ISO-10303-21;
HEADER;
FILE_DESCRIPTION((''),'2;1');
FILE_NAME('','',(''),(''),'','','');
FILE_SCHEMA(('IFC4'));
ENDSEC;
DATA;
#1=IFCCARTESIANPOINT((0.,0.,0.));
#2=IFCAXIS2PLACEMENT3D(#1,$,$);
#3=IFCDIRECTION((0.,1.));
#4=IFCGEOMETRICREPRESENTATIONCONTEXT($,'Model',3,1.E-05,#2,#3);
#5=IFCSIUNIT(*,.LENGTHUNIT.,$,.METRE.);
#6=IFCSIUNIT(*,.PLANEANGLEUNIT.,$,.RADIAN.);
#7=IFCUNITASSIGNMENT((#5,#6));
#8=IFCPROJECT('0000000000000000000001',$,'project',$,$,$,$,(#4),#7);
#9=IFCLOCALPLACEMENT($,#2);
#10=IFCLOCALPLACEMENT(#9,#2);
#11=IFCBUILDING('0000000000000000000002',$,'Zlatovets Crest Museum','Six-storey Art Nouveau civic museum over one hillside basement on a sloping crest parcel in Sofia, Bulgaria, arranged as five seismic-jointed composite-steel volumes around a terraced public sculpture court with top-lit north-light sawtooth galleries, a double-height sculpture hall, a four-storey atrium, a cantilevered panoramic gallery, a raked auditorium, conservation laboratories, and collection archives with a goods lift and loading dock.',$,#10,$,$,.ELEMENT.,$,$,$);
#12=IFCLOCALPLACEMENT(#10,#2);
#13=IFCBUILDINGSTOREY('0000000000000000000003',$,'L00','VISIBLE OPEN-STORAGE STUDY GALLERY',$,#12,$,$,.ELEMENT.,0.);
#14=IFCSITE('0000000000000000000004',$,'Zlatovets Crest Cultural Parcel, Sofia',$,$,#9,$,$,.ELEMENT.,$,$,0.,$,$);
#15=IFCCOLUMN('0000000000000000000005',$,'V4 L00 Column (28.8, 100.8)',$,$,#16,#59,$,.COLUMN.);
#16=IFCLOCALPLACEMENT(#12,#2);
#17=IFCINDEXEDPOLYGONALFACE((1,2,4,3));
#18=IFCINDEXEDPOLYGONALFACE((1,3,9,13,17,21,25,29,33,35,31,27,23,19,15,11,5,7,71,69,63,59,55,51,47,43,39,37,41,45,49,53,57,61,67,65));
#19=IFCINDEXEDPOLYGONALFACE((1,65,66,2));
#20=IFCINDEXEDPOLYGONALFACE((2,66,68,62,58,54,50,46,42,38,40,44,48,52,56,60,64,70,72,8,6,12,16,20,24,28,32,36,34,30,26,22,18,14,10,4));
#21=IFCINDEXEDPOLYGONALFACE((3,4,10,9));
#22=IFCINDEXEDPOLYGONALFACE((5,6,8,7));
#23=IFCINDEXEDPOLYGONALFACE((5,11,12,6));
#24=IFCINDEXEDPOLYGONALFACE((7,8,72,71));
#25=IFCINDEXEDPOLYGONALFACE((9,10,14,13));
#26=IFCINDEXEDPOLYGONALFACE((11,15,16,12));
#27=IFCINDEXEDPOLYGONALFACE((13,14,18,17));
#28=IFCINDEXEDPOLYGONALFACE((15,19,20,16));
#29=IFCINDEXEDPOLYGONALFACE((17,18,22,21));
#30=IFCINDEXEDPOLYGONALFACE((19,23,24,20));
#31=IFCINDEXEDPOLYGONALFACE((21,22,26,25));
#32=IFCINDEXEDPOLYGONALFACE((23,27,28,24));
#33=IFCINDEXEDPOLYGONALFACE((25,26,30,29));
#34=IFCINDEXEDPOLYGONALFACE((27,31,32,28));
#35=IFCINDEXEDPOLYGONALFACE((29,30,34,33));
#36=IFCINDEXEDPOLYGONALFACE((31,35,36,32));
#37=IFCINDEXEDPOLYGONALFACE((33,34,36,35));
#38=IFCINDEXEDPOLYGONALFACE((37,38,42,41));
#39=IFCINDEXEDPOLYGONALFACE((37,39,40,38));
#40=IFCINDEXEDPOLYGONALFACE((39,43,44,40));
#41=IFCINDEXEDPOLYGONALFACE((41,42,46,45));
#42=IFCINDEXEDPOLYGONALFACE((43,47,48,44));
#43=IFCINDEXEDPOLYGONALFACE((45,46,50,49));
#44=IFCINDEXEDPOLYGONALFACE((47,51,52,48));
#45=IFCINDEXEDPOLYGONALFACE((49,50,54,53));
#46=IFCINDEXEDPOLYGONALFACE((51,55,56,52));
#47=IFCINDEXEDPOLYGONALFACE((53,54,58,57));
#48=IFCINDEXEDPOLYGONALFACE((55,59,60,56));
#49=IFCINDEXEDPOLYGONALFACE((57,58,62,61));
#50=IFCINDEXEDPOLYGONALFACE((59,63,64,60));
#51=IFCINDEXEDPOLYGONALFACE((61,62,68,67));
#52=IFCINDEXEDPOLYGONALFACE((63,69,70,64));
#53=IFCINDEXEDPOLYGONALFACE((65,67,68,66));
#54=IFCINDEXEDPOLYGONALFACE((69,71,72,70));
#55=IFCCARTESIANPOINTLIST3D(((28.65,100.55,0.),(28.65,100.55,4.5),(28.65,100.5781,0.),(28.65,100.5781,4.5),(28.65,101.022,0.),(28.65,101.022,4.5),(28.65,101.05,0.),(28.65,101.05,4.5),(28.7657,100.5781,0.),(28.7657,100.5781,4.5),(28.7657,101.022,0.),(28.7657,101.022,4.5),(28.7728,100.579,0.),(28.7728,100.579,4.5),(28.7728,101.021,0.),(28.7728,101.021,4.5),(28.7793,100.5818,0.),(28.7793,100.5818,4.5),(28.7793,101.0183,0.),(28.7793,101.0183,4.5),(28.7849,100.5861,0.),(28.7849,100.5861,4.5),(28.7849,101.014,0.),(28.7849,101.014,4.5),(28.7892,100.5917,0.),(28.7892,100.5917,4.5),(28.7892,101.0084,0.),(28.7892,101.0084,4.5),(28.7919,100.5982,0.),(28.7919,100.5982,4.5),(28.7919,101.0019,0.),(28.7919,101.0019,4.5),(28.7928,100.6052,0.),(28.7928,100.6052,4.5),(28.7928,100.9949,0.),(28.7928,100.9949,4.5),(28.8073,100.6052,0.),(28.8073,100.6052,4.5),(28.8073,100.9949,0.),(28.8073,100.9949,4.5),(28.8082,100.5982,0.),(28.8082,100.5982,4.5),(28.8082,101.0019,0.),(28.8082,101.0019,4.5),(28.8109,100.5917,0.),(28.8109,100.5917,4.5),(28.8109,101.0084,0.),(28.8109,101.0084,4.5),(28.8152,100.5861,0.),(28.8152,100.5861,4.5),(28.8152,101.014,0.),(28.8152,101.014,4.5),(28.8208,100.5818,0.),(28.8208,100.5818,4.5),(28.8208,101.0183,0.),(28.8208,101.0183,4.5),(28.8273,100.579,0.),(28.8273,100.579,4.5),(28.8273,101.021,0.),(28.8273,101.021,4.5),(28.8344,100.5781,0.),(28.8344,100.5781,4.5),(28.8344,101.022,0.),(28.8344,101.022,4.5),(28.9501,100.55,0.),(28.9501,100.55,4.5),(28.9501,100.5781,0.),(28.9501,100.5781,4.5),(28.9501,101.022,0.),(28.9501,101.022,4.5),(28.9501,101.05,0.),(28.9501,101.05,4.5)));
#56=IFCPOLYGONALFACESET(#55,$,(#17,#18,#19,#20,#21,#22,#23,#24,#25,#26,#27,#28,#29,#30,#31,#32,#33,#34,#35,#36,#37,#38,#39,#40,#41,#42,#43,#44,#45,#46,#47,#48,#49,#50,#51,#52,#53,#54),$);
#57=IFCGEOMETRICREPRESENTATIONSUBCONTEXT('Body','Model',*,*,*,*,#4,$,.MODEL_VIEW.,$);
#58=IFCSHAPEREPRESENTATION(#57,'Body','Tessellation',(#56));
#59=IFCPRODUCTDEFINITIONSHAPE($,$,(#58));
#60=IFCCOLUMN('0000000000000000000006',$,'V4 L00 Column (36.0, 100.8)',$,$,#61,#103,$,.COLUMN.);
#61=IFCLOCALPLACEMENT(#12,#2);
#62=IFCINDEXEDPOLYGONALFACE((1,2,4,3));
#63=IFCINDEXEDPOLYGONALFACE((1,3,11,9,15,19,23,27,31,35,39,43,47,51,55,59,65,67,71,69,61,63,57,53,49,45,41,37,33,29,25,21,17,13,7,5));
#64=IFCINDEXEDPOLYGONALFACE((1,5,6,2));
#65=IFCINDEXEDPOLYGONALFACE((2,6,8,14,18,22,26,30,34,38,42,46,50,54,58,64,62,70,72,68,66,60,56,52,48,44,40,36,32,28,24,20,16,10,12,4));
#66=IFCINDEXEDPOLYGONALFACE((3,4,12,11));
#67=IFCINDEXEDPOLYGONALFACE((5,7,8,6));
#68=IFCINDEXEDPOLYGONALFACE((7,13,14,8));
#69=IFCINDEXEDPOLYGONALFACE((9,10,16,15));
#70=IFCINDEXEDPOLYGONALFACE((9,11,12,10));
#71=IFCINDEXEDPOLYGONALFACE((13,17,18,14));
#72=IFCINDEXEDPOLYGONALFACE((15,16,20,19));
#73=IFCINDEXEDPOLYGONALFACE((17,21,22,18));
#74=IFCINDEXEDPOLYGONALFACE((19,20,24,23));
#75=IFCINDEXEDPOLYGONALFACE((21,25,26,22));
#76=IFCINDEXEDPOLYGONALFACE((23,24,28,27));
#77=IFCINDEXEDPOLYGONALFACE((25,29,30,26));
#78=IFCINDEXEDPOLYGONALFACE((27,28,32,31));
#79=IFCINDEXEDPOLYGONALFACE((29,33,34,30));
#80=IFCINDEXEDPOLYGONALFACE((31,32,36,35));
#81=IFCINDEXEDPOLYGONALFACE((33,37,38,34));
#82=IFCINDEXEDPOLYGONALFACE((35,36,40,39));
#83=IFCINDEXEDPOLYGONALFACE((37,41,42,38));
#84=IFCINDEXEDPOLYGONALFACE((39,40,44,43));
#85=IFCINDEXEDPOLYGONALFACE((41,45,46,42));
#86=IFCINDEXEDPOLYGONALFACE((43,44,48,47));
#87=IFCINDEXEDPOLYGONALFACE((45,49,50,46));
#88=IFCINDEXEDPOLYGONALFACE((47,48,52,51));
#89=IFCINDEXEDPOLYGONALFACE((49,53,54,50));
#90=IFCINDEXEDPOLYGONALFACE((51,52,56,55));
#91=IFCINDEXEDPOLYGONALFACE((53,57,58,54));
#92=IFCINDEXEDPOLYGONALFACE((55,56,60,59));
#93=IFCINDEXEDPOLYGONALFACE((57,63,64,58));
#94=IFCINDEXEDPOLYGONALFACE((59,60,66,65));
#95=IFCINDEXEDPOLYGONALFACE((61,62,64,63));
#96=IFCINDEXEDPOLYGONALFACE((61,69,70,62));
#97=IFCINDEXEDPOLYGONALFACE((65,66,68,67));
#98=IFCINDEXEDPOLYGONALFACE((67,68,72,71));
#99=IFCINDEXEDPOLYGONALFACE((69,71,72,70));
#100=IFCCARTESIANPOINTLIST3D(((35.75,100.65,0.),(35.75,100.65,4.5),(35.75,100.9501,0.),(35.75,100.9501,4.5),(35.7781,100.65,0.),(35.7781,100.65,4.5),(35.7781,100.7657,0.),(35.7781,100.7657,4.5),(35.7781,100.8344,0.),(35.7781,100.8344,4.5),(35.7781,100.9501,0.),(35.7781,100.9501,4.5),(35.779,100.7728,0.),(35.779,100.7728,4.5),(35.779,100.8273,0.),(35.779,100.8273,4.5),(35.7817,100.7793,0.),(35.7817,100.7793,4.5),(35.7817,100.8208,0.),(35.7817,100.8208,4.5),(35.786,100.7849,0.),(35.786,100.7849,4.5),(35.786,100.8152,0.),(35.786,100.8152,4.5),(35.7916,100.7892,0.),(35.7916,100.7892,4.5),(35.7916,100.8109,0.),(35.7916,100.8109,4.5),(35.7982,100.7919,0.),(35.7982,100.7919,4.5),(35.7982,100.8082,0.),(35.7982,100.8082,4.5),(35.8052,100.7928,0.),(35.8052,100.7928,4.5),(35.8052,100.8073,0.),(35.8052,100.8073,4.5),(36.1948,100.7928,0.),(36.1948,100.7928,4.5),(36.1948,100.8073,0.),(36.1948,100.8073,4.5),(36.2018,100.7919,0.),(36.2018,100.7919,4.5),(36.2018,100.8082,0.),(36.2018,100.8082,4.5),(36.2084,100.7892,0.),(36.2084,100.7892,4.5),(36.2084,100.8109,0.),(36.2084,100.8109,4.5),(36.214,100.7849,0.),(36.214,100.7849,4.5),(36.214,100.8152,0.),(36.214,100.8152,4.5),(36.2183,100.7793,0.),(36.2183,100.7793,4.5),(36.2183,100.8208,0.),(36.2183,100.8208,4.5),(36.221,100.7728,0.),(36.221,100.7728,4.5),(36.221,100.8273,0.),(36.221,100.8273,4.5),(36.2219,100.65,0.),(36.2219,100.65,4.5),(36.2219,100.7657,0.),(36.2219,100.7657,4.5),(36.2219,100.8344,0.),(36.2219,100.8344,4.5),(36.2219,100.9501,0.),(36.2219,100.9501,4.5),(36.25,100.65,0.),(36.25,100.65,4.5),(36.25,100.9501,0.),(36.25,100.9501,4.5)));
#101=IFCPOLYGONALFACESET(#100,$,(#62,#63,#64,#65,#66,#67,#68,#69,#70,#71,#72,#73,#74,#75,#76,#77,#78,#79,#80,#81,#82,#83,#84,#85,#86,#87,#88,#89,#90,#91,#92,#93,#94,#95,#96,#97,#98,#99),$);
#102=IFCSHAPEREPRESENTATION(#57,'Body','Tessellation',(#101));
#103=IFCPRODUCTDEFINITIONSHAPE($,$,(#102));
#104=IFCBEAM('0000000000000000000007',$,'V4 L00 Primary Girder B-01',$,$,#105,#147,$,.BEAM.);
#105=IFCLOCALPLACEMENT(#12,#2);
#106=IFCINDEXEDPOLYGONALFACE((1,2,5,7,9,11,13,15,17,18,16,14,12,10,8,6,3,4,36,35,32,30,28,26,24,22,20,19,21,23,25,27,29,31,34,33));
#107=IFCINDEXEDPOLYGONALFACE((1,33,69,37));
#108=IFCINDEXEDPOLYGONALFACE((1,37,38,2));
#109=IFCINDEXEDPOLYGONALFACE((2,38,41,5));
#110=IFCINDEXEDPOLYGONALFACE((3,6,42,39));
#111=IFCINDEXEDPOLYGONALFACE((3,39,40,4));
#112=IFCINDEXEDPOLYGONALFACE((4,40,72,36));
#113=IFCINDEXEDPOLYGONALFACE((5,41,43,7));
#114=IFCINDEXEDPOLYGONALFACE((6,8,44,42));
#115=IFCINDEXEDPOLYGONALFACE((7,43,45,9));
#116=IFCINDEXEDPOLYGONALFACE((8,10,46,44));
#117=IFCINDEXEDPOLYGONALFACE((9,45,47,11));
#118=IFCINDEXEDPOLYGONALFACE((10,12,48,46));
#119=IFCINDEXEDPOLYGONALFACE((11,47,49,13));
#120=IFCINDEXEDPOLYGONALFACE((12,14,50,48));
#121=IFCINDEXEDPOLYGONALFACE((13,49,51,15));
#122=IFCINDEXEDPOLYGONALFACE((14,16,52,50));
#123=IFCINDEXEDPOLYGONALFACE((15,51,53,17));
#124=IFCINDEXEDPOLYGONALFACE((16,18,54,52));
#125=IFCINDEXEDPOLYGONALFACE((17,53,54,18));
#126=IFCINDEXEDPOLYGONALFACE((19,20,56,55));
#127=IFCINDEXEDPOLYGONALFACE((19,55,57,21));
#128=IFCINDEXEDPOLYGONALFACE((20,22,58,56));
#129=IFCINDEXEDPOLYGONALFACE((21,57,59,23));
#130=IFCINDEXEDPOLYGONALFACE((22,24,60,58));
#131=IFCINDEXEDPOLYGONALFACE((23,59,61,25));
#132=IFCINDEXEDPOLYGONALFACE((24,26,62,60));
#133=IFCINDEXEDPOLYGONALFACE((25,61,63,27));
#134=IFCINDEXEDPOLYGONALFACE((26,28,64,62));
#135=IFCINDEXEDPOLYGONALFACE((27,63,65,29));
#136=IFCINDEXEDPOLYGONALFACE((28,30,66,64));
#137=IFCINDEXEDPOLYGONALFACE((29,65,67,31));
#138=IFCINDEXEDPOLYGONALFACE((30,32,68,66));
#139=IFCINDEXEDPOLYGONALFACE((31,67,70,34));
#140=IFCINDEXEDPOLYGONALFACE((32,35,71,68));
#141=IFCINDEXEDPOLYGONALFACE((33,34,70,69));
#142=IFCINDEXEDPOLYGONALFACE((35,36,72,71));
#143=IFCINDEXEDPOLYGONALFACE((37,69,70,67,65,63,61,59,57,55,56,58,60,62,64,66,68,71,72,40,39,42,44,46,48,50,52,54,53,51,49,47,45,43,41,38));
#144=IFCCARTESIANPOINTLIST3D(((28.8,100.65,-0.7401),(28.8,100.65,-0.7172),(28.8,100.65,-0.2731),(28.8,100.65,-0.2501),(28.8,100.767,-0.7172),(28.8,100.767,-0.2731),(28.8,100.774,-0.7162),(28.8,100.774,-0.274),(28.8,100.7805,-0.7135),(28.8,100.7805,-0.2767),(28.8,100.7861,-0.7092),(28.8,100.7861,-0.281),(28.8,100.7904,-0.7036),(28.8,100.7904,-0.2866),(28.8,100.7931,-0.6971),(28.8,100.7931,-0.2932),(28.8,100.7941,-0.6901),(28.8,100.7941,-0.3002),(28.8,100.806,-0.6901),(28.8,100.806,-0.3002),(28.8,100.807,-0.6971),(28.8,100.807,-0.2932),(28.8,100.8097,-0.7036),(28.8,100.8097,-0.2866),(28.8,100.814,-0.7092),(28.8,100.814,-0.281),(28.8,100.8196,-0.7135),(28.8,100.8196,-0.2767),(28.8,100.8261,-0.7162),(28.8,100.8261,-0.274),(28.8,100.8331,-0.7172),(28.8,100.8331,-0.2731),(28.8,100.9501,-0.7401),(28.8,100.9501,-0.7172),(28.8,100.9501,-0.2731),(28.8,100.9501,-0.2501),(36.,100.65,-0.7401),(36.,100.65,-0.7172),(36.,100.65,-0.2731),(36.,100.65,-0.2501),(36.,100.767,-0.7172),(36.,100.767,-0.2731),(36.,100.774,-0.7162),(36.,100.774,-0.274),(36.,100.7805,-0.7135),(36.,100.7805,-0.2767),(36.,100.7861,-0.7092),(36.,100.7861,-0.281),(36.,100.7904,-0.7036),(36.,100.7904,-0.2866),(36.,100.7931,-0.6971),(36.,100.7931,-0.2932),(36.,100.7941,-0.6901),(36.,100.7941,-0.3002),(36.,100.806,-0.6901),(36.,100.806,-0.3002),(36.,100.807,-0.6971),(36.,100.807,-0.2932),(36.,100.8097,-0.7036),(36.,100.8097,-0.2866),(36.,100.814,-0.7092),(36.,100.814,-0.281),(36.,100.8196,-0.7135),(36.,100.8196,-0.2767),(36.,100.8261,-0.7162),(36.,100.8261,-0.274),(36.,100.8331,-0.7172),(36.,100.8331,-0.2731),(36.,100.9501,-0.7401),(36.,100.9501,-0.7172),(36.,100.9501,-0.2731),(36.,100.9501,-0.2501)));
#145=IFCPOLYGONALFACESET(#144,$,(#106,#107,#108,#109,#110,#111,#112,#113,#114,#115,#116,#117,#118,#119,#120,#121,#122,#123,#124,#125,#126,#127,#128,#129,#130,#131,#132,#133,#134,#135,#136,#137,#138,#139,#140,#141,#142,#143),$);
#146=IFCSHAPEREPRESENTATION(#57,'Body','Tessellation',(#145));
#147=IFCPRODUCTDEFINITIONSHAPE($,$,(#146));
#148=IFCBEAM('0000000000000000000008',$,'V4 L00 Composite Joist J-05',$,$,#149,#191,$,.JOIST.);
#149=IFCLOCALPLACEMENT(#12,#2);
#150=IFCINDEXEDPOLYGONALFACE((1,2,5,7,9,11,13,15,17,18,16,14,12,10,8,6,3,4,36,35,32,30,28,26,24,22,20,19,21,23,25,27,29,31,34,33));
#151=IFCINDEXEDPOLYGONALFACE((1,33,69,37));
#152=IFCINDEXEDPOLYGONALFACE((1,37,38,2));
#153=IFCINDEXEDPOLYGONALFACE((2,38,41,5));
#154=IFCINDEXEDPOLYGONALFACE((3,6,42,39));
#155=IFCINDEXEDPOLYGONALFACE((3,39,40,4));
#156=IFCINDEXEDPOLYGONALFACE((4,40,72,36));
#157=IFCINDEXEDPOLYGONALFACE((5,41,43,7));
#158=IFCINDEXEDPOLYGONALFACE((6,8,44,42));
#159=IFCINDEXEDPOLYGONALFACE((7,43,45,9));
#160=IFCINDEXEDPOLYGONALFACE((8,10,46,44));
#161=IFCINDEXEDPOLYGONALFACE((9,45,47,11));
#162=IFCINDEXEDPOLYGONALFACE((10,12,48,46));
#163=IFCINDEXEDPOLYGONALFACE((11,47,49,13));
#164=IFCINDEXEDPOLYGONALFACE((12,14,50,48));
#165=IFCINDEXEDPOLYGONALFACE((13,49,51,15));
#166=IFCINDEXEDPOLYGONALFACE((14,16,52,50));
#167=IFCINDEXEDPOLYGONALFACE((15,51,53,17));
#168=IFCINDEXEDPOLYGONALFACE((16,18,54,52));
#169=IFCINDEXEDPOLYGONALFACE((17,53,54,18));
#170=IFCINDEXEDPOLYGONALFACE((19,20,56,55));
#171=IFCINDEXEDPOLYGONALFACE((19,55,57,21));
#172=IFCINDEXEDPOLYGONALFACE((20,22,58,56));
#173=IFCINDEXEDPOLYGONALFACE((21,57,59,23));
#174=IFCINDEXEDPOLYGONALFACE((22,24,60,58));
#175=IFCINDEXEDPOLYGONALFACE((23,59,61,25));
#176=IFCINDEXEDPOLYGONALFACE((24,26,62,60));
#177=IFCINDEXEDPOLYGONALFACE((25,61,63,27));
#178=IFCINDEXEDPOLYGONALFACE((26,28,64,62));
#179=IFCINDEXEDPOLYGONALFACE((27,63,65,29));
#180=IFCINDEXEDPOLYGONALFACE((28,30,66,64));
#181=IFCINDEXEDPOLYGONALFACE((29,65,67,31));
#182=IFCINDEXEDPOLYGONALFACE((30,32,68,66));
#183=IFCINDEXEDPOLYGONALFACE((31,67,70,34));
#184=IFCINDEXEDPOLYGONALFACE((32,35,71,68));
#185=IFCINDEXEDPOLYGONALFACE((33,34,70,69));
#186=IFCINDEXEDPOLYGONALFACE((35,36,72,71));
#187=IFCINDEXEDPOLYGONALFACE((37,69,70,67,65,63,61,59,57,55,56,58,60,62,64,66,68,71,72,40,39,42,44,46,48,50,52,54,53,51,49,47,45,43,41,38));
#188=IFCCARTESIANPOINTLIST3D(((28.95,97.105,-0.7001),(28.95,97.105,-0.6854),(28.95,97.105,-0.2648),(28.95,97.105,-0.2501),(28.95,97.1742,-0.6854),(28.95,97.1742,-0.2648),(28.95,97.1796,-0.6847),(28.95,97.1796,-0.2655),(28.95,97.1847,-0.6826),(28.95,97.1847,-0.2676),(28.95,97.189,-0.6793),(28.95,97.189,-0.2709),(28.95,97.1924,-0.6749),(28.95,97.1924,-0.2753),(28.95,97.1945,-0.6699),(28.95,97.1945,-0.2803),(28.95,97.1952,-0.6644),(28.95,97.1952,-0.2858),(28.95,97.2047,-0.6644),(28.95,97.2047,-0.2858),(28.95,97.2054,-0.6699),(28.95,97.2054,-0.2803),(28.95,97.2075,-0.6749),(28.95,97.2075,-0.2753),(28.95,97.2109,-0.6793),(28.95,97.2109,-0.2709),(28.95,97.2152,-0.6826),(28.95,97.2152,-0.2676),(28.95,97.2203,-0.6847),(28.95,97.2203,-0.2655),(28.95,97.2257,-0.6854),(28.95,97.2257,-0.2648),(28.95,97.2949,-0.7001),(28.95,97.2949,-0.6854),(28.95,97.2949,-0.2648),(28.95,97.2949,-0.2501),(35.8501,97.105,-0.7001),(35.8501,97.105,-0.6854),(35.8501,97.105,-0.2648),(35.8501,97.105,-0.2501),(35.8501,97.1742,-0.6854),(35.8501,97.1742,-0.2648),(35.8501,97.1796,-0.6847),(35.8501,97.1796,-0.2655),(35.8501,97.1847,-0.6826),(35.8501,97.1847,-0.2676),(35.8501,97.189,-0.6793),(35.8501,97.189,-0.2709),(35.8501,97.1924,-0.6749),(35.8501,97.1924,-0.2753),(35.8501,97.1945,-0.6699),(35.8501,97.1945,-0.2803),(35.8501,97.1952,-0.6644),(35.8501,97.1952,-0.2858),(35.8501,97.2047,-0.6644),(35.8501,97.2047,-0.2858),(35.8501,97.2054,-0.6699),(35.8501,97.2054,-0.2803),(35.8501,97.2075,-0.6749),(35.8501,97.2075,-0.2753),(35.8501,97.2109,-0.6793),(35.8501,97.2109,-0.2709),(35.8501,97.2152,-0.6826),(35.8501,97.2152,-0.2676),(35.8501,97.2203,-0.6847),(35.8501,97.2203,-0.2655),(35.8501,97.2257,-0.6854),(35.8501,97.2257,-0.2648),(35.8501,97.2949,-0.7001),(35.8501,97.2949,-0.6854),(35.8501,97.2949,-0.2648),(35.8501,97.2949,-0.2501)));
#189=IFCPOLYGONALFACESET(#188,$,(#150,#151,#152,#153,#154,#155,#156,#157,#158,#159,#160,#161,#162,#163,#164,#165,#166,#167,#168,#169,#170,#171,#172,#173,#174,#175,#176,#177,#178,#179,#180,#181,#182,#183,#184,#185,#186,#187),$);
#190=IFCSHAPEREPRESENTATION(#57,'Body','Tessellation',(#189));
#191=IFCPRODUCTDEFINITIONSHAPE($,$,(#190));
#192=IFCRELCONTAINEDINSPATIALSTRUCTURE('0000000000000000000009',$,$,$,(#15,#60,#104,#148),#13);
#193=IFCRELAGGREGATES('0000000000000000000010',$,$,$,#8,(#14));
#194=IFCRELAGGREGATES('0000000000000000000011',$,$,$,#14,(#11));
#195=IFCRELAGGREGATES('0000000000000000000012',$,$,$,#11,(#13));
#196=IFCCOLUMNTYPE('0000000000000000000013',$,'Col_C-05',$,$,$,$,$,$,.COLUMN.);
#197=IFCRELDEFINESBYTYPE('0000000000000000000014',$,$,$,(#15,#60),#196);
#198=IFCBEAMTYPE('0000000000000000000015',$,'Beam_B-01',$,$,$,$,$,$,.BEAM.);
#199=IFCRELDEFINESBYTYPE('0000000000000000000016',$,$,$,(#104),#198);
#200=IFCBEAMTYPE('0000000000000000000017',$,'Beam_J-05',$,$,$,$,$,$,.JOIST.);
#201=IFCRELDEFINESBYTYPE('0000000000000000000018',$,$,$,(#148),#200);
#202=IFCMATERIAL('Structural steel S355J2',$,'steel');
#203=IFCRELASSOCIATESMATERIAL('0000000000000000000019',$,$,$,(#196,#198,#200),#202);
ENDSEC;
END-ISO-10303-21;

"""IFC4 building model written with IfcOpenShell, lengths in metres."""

from ifc_helpers import new_model, si_unit, direction, frame, origin, origin_2d, place, context, subcontext, project, spatial, i_section, extrude, material, material_profile, profile_set, type_object, element, save


model = new_model("IFC4")

# Units and contexts
model_context = context("Model", 3, precision=1e-05, world=origin(), true_north=direction((0.0, 1.0)))
body_context = subcontext(model_context, "Body", "Model", "MODEL_VIEW")
ifc_project = project(units=[si_unit("LENGTHUNIT", "METRE"), si_unit("PLANEANGLEUNIT", "RADIAN")], contexts=[model_context])

# Site, building, storey
site_placement = place(None, origin())
site = spatial("IfcSite", under=ifc_project, at=site_placement, Name="Zlatovets Crest Cultural Parcel, Sofia", CompositionType="ELEMENT", RefElevation=0.0)
building_placement = place(site_placement, origin())
building = spatial("IfcBuilding", under=site, at=building_placement, Name="Zlatovets Crest Museum", Description="Six-storey Art Nouveau civic museum over one hillside basement on a sloping crest parcel in Sofia, Bulgaria, arranged as five seismic-jointed composite-steel volumes around a terraced public sculpture court with top-lit north-light sawtooth galleries, a double-height sculpture hall, a four-storey atrium, a cantilevered panoramic gallery, a raked auditorium, conservation laboratories, and collection archives with a goods lift and loading dock.", CompositionType="ELEMENT")
storey_placement = place(building_placement, origin())
storey = spatial("IfcBuildingStorey", under=building, at=storey_placement, Name="L00", Description="VISIBLE OPEN-STORAGE STUDY GALLERY", CompositionType="ELEMENT", Elevation=0.0)

# Columns
ifc_material_1 = material(Name="Structural steel S355J2", Category="steel")
ifc_material_profile_1 = material_profile(ifc_material_1, i_section(OverallWidth=0.3, OverallDepth=0.5, WebThickness=0.0144, FlangeThickness=0.0281, FilletRadius=0.0271, at=origin_2d()), Name="HEB 500")
ifc_profile_set_1 = profile_set([ifc_material_profile_1], Name="Structural steel S355J2")
column_type = type_object("IfcColumnType", Name="Col_C-05", PredefinedType="COLUMN", material=ifc_profile_set_1)
for number, where, z_axis, x_axis, name in (
    (1, (28.8, 100.8, 0.0), (0.0, 0.0, 1.0), (1.0, 0.0, 0.0), "V4 L00 Column (28.8, 100.8)"),
    (2, (36.0, 100.8, 0.0), (0.0, 0.0, 1.0), (0.0, 1.0, 0.0), "V4 L00 Column (36.0, 100.8)"),
):
    element("IfcColumn", number, at=place(storey_placement, frame(where, z_axis=z_axis, x_axis=x_axis)), inside=storey, type_object=column_type, Name=name, PredefinedType="COLUMN", context=body_context, shape_type="SweptSolid", body=[
        extrude(i_section(OverallWidth=0.3, OverallDepth=0.5, WebThickness=0.0144, FlangeThickness=0.0281, FilletRadius=0.0271, at=origin_2d()), origin(), (0.0, 0.0, 1.0), 4.5),
    ])

# Beams
ifc_material_profile_2 = material_profile(ifc_material_1, i_section(OverallWidth=0.3, OverallDepth=0.49, WebThickness=0.012, FlangeThickness=0.0229, FilletRadius=0.0271, at=origin_2d()), Name="HEA 500")
ifc_profile_set_2 = profile_set([ifc_material_profile_2], Name="Structural steel S355J2")
beam_type_1 = type_object("IfcBeamType", Name="Beam_B-01", PredefinedType="BEAM", material=ifc_profile_set_2)
beam_1_placement = place(storey_placement, frame((28.8, 100.8, -0.4951), z_axis=(1.0, 0.0, 0.0), x_axis=(0.0, 1.0, 0.0)))
element("IfcBeam", 3, at=beam_1_placement, inside=storey, type_object=beam_type_1, Name="V4 L00 Primary Girder B-01", PredefinedType="BEAM", context=body_context, shape_type="SweptSolid", body=[
    extrude(i_section(OverallWidth=0.3, OverallDepth=0.49, WebThickness=0.012, FlangeThickness=0.0229, FilletRadius=0.0271, at=origin_2d()), origin(), (0.0, 0.0, 1.0), 7.2),
])
ifc_material_profile_3 = material_profile(ifc_material_1, i_section(OverallWidth=0.1899, OverallDepth=0.45, WebThickness=0.0095, FlangeThickness=0.0146, FilletRadius=0.021, at=origin_2d()), Name="IPE 450")
ifc_profile_set_3 = profile_set([ifc_material_profile_3], Name="Structural steel S355J2")
beam_type_2 = type_object("IfcBeamType", Name="Beam_J-05", PredefinedType="JOIST", material=ifc_profile_set_3)
beam_2_placement = place(storey_placement, frame((28.95, 97.2, -0.4751), z_axis=(1.0, 0.0, 0.0), x_axis=(0.0, 1.0, 0.0)))
element("IfcBeam", 4, at=beam_2_placement, inside=storey, type_object=beam_type_2, Name="V4 L00 Composite Joist J-05", PredefinedType="JOIST", context=body_context, shape_type="SweptSolid", body=[
    extrude(i_section(OverallWidth=0.1899, OverallDepth=0.45, WebThickness=0.0095, FlangeThickness=0.0146, FilletRadius=0.021, at=origin_2d()), origin(), (0.0, 0.0, 1.0), 6.9001),
])

save(model, "model.ifc")
